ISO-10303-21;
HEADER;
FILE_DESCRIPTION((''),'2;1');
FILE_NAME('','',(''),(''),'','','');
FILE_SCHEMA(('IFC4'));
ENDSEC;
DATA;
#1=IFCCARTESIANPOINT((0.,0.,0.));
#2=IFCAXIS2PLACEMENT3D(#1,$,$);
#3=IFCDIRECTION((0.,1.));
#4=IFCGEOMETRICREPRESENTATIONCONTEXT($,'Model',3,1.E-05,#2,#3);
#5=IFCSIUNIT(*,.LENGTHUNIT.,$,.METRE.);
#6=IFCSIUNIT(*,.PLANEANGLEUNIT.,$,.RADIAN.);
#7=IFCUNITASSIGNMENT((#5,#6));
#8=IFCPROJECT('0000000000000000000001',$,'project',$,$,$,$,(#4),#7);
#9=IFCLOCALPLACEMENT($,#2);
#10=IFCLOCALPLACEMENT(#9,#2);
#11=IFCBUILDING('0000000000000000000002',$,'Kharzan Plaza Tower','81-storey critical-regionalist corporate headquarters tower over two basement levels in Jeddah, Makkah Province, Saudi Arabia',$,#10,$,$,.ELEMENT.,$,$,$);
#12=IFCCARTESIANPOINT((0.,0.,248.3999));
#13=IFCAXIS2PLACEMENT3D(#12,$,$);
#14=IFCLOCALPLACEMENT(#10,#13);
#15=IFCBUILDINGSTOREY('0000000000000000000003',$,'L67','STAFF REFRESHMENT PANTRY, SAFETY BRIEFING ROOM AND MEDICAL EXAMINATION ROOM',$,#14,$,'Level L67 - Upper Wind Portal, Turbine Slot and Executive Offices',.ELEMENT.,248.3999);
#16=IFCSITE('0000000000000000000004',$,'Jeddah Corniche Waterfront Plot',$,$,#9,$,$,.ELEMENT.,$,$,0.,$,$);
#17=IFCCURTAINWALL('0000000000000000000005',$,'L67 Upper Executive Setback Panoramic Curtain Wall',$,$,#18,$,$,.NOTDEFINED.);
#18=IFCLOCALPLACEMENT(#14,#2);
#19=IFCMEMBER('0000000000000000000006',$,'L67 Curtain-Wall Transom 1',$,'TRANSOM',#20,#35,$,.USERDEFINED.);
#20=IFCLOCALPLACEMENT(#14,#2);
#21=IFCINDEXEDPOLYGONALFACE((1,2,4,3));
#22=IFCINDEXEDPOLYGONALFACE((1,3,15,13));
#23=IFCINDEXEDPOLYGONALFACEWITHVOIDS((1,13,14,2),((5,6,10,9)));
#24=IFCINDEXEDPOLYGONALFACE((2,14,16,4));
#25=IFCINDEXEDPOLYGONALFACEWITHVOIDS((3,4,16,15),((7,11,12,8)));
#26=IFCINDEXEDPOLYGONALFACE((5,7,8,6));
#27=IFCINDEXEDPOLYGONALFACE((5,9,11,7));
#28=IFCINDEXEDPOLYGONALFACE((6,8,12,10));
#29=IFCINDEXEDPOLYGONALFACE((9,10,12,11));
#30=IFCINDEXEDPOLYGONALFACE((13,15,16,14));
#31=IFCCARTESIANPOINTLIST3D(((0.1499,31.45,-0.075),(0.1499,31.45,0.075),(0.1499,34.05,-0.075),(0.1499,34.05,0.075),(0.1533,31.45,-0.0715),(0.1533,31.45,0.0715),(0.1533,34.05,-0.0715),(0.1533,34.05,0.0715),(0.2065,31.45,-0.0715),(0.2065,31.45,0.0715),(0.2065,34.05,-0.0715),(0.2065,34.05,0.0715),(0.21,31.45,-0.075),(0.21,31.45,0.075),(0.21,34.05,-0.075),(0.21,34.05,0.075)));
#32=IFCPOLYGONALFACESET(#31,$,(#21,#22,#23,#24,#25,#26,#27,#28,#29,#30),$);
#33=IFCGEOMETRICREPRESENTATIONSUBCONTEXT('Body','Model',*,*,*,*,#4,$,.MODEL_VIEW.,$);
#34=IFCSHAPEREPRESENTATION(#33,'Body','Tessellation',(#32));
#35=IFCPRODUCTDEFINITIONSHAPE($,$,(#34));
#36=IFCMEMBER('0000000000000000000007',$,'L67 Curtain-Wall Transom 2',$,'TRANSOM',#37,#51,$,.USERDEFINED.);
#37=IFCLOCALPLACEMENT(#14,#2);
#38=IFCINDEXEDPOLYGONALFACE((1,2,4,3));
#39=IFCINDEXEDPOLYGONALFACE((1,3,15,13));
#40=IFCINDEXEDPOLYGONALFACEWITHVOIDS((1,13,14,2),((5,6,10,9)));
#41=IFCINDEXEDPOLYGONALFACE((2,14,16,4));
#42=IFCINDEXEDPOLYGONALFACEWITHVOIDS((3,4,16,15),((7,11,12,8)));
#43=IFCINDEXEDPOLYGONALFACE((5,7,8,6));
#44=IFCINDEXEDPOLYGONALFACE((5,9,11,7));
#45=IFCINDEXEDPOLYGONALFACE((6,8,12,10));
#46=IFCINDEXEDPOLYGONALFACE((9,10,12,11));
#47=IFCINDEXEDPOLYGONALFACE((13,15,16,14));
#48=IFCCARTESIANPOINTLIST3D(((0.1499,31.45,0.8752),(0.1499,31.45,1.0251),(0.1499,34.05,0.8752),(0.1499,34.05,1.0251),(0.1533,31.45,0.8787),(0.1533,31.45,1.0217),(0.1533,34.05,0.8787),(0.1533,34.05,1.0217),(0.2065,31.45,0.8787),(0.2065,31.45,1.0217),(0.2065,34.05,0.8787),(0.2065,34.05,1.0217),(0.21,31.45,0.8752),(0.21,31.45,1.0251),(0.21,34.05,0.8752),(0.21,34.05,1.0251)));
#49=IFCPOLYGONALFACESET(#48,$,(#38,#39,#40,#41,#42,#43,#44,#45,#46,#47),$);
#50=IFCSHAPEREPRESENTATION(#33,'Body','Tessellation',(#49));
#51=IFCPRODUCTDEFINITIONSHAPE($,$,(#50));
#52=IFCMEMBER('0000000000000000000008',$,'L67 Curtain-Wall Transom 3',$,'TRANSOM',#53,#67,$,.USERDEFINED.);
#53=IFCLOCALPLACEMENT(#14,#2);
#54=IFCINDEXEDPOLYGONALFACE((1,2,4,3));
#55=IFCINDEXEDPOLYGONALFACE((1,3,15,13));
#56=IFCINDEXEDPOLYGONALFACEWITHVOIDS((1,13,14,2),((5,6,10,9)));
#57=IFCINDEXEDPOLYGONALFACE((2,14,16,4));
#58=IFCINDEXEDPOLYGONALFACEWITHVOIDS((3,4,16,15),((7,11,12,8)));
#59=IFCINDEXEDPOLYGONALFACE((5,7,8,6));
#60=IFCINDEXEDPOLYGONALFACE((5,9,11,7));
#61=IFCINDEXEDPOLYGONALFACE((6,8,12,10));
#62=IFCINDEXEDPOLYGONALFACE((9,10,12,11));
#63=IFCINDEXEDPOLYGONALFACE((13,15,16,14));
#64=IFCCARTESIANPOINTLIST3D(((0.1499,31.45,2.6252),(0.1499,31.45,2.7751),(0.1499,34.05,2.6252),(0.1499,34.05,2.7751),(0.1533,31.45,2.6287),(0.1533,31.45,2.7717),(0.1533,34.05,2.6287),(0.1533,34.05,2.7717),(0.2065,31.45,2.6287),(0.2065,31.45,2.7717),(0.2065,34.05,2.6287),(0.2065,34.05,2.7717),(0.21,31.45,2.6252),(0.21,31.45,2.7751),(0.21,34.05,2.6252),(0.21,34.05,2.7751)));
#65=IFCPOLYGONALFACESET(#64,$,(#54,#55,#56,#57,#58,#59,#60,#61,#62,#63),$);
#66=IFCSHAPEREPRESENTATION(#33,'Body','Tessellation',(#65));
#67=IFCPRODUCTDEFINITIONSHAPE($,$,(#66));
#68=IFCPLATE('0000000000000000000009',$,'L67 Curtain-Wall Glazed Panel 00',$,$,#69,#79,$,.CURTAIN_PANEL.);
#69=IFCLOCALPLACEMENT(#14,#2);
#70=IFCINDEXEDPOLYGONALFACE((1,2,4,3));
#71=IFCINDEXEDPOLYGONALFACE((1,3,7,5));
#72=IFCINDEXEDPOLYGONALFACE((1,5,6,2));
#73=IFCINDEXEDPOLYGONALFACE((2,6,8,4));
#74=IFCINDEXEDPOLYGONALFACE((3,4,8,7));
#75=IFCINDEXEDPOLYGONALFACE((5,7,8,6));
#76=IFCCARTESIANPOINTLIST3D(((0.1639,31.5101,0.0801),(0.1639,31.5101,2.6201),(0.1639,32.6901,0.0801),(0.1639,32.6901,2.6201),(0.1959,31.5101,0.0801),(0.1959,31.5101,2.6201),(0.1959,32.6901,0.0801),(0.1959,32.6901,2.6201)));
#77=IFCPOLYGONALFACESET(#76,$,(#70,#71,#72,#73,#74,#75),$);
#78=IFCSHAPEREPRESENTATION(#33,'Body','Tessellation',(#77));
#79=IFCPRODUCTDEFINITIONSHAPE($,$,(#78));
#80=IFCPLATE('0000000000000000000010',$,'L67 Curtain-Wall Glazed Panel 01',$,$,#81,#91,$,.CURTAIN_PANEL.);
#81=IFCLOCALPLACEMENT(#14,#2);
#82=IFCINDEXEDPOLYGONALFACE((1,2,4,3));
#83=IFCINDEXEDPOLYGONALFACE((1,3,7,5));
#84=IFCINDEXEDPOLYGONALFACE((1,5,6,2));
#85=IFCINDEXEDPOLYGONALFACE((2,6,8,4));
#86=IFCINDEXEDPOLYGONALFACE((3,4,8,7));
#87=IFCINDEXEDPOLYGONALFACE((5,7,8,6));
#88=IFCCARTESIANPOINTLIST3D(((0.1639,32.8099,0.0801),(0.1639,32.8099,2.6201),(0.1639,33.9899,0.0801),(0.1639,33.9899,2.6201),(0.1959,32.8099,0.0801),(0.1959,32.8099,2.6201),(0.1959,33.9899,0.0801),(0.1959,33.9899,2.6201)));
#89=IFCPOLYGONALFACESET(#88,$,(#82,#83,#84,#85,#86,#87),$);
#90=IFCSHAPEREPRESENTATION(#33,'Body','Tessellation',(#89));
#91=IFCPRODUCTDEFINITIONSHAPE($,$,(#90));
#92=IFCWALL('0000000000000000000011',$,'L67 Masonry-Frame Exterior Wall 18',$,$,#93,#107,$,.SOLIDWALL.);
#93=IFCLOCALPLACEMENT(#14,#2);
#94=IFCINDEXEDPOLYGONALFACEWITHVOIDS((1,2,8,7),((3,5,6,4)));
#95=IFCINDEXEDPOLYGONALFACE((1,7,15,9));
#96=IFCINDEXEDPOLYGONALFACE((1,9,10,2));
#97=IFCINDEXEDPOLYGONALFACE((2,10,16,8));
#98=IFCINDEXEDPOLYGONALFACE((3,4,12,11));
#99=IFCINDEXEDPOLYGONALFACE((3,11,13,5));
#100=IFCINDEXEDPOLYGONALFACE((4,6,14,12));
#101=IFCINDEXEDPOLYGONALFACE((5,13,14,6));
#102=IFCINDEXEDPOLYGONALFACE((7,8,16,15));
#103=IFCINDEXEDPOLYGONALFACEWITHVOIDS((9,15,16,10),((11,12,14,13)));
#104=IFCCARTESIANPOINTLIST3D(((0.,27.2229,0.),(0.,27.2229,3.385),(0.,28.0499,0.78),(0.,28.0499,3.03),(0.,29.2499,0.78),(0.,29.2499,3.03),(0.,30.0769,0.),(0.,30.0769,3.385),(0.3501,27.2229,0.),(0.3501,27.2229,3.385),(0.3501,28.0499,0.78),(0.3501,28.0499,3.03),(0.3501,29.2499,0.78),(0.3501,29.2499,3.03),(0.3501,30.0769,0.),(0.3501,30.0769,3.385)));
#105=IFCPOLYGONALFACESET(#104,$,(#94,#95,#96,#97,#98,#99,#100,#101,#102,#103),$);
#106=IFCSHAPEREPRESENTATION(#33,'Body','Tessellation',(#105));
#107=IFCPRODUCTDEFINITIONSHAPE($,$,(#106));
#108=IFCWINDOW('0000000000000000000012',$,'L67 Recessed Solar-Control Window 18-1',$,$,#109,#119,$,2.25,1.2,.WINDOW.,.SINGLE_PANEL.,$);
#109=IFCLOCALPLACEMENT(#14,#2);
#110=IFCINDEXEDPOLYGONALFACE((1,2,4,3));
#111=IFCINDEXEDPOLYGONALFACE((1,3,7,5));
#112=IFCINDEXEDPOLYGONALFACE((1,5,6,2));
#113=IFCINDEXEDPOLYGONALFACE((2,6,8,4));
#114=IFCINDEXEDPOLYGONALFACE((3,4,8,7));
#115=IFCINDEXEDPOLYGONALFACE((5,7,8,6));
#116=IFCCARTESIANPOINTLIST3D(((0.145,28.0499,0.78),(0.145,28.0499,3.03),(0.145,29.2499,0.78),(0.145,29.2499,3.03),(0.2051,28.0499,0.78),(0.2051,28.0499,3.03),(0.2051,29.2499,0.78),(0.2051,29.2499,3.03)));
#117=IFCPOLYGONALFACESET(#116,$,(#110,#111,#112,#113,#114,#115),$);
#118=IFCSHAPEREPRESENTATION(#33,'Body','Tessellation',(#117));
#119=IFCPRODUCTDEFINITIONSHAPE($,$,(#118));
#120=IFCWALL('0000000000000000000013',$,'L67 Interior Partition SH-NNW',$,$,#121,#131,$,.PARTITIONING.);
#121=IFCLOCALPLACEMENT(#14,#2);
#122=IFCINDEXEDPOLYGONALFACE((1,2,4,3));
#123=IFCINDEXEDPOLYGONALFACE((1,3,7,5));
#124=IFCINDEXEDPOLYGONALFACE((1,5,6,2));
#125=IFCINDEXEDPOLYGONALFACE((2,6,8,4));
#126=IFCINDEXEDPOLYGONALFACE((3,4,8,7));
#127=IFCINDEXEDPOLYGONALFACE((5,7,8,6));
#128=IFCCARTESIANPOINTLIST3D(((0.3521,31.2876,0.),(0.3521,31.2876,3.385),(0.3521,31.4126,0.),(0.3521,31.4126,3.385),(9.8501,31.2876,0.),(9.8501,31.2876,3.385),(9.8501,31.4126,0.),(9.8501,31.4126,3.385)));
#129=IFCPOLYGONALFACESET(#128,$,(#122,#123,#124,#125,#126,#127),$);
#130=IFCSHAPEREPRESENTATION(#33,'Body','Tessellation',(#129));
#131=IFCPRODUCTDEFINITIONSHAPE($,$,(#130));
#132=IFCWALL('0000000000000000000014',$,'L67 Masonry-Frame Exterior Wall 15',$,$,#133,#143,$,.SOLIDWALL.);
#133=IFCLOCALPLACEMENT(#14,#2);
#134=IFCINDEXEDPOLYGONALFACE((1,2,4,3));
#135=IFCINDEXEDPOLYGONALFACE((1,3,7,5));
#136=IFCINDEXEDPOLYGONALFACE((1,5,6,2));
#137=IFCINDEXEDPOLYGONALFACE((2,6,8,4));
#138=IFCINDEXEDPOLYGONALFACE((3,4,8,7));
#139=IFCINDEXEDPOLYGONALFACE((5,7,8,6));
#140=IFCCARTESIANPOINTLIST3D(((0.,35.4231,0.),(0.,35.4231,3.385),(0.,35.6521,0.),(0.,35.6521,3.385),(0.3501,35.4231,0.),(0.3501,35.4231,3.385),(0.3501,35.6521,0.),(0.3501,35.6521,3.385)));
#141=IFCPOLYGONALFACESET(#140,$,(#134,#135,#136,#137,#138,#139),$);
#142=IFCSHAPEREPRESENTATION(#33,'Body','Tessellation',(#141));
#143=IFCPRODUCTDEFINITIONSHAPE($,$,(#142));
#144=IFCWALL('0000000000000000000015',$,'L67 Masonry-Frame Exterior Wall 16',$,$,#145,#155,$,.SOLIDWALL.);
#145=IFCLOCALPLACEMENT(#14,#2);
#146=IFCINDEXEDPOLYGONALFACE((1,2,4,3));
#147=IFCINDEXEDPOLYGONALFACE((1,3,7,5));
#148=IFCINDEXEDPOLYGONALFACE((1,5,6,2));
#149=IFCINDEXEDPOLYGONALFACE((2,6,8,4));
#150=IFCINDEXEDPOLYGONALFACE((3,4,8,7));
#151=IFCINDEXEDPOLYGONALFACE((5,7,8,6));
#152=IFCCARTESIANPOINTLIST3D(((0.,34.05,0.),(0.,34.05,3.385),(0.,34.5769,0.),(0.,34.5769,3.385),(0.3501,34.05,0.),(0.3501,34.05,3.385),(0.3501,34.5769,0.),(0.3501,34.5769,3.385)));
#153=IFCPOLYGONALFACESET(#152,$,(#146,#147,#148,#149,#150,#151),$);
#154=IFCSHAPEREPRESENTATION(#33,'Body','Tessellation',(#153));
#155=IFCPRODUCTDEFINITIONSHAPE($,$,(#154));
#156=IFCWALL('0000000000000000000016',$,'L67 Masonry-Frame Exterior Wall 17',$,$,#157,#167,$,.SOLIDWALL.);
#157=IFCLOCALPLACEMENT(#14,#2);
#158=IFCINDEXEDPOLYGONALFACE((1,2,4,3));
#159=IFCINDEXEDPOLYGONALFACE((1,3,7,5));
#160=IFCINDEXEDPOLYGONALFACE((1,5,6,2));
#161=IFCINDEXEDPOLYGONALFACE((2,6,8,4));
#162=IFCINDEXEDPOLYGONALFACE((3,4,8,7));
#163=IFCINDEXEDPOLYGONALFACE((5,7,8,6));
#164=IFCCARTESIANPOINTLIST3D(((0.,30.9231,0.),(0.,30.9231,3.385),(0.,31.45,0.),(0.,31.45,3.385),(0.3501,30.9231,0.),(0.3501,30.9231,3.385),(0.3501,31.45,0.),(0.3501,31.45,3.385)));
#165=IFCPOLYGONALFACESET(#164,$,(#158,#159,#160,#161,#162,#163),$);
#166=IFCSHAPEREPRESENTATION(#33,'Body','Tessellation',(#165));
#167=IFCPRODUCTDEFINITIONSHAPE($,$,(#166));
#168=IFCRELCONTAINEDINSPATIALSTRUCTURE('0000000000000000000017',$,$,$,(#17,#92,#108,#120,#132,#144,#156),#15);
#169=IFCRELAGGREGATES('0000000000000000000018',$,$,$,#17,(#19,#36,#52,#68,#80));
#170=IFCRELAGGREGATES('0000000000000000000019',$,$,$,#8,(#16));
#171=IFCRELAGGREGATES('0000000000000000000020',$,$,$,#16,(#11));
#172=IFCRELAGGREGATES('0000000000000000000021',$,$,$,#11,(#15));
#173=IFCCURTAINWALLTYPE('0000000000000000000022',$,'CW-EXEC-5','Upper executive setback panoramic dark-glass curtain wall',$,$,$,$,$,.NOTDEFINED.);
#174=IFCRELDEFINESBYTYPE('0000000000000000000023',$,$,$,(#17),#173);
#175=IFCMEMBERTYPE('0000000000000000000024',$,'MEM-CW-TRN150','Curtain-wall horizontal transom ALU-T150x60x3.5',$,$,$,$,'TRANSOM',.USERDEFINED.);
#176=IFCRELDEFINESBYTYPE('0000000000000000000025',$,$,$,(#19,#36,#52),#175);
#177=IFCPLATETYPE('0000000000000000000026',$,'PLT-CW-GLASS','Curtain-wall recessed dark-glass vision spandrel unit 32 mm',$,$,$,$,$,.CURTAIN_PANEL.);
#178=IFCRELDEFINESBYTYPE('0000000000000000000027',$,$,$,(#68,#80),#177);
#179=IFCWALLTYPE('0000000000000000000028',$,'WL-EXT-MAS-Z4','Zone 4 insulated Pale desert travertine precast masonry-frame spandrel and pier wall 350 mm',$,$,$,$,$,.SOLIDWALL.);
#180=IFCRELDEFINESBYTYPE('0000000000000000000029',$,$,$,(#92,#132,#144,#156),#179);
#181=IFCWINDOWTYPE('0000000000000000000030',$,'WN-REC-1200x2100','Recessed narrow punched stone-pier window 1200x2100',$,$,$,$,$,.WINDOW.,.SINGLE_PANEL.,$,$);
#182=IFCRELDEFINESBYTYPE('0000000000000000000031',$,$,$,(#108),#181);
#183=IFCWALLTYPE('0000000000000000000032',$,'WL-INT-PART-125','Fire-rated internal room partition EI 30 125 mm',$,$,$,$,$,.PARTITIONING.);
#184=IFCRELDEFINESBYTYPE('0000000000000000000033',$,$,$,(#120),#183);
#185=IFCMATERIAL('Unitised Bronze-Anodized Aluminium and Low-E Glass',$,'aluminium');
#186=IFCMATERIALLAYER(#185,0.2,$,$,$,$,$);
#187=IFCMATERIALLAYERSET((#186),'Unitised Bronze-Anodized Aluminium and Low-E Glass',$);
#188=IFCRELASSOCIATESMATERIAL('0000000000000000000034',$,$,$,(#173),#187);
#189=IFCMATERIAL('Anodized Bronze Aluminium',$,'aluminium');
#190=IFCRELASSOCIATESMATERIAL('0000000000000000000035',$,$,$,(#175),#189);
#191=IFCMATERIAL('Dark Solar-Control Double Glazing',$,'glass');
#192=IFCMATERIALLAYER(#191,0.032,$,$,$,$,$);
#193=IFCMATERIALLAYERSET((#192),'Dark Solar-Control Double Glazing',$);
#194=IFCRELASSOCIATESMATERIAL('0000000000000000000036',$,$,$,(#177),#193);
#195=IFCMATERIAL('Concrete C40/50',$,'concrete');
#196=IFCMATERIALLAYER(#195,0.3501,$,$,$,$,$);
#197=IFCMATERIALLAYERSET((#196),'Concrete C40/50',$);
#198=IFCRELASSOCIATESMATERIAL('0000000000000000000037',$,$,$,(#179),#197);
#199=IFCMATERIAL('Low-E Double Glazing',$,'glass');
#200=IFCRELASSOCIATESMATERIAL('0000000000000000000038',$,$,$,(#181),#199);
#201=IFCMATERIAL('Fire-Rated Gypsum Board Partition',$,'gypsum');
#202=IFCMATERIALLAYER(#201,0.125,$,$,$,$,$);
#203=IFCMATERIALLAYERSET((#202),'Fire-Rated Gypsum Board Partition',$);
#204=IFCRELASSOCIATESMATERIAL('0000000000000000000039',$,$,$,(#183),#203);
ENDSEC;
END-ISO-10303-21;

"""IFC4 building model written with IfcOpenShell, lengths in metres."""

from ifc_helpers import new_model, si_unit, direction, frame, frame_2d, origin, origin_2d, place, context, subcontext, project, spatial, rectangle, hollow_rectangle, extrude, source, transform, mapped, material, layer, layer_set, material_profile, profile_set, type_object, element, fill, aggregate, save


model = new_model("IFC4")

# Units and contexts
model_context = context("Model", 3, precision=1e-05, world=origin(), true_north=direction((0.0, 1.0)))
body_context = subcontext(model_context, "Body", "Model", "MODEL_VIEW")
ifc_project = project(units=[si_unit("LENGTHUNIT", "METRE"), si_unit("PLANEANGLEUNIT", "RADIAN")], contexts=[model_context])

# Site, building, storey
site_placement = place(None, origin())
site = spatial("IfcSite", under=ifc_project, at=site_placement, Name="Jeddah Corniche Waterfront Plot", CompositionType="ELEMENT", RefElevation=0.0)
building_placement = place(site_placement, origin())
building = spatial("IfcBuilding", under=site, at=building_placement, Name="Kharzan Plaza Tower", Description="81-storey critical-regionalist corporate headquarters tower over two basement levels in Jeddah, Makkah Province, Saudi Arabia", CompositionType="ELEMENT")
storey_placement = place(building_placement, frame((0.0, 0.0, 248.3999)))
storey = spatial("IfcBuildingStorey", under=building, at=storey_placement, Name="L67", Description="STAFF REFRESHMENT PANTRY, SAFETY BRIEFING ROOM AND MEDICAL EXAMINATION ROOM", LongName="Level L67 - Upper Wind Portal, Turbine Slot and Executive Offices", CompositionType="ELEMENT", Elevation=248.3999)

# Curtain wall
ifc_material_1 = material(Name="Unitised Bronze-Anodized Aluminium and Low-E Glass", Category="aluminium")
ifc_layer_1 = layer(ifc_material_1, 0.2)
ifc_layer_set_1 = layer_set([ifc_layer_1], Name="Unitised Bronze-Anodized Aluminium and Low-E Glass")
curtain_wall_type = type_object("IfcCurtainWallType", Name="CW-EXEC-5", Description="Upper executive setback panoramic dark-glass curtain wall", PredefinedType="NOTDEFINED", material=ifc_layer_set_1)
curtain_wall_placement = place(storey_placement, origin())
curtain_wall = element("IfcCurtainWall", 1, at=curtain_wall_placement, inside=storey, type_object=curtain_wall_type, Name="L67 Upper Executive Setback Panoramic Curtain Wall", PredefinedType="NOTDEFINED")
ifc_material_2 = material(Name="Anodized Bronze Aluminium", Category="aluminium")

# Members
ifc_material_profile_1 = material_profile(ifc_material_2, hollow_rectangle(XDim=0.0601, YDim=0.1499, WallThickness=0.0034, at=origin_2d()), Name="ALU-T150x60x3.5")
ifc_profile_set_1 = profile_set([ifc_material_profile_1], Name="Anodized Bronze Aluminium")
member_type_1 = type_object("IfcMemberType", Name="MEM-CW-TRN150", Description="Curtain-wall horizontal transom ALU-T150x60x3.5", ElementType="TRANSOM", PredefinedType="USERDEFINED", material=ifc_profile_set_1)
shared_shape_1 = source(origin(), body_context, "Body", "SweptSolid", [
    extrude(hollow_rectangle(XDim=0.0601, YDim=0.1499, WallThickness=0.0034, at=origin_2d()), origin(), (0.0, 0.0, 1.0), 2.6001),
])
member_1_placement = place(storey_placement, frame((0.1799, 31.45, 0.0), z_axis=(0.0, 1.0, 0.0), x_axis=(-1.0, 0.0, 0.0)))
member_1 = element("IfcMember", 2, at=member_1_placement, type_object=member_type_1, Name="L67 Curtain-Wall Transom 1", ObjectType="TRANSOM", PredefinedType="USERDEFINED", context=body_context, shape_type="MappedRepresentation", body=[
    mapped(shared_shape_1, transform((0.0, 0.0, 0.0), x_axis=(1.0, 0.0, 0.0), y_axis=(0.0, 1.0, 0.0), z_axis=(0.0, 0.0, 1.0))),
])
member_2_placement = place(storey_placement, frame((0.1799, 31.45, 0.9502), z_axis=(0.0, 1.0, 0.0), x_axis=(-1.0, 0.0, 0.0)))
member_2 = element("IfcMember", 3, at=member_2_placement, type_object=member_type_1, Name="L67 Curtain-Wall Transom 2", ObjectType="TRANSOM", PredefinedType="USERDEFINED", context=body_context, shape_type="MappedRepresentation", body=[
    mapped(shared_shape_1, transform((0.0, 0.0, 0.0), x_axis=(1.0, 0.0, 0.0), y_axis=(0.0, 1.0, 0.0), z_axis=(0.0, 0.0, 1.0))),
])
member_3_placement = place(storey_placement, frame((0.1799, 31.45, 2.7002), z_axis=(0.0, 1.0, 0.0), x_axis=(-1.0, 0.0, 0.0)))
member_3 = element("IfcMember", 4, at=member_3_placement, type_object=member_type_1, Name="L67 Curtain-Wall Transom 3", ObjectType="TRANSOM", PredefinedType="USERDEFINED", context=body_context, shape_type="MappedRepresentation", body=[
    mapped(shared_shape_1, transform((0.0, 0.0, 0.0), x_axis=(1.0, 0.0, 0.0), y_axis=(0.0, 1.0, 0.0), z_axis=(0.0, 0.0, 1.0))),
])

# Plates
ifc_material_3 = material(Name="Dark Solar-Control Double Glazing", Category="glass")
ifc_layer_2 = layer(ifc_material_3, 0.032)
ifc_layer_set_2 = layer_set([ifc_layer_2], Name="Dark Solar-Control Double Glazing")
plate_type = type_object("IfcPlateType", Name="PLT-CW-GLASS", Description="Curtain-wall recessed dark-glass vision spandrel unit 32 mm", PredefinedType="CURTAIN_PANEL", material=ifc_layer_set_2)
shared_shape_2 = source(origin(), body_context, "Body", "SweptSolid", [
    extrude(rectangle(XDim=1.1799, YDim=0.032, at=origin_2d()), origin(), (0.0, 0.0, 1.0), 2.54),
])
plate_1_placement = place(storey_placement, frame((0.1799, 32.1001, 0.0801), z_axis=(0.0, 0.0, 1.0), x_axis=(0.0, 1.0, 0.0)))
plate_1 = element("IfcPlate", 5, at=plate_1_placement, type_object=plate_type, Name="L67 Curtain-Wall Glazed Panel 00", PredefinedType="CURTAIN_PANEL", context=body_context, shape_type="MappedRepresentation", body=[
    mapped(shared_shape_2, transform((0.0, 0.0, 0.0), x_axis=(1.0, 0.0, 0.0), y_axis=(0.0, 1.0, 0.0), z_axis=(0.0, 0.0, 1.0))),
])
plate_2_placement = place(storey_placement, frame((0.1799, 33.3999, 0.0801), z_axis=(0.0, 0.0, 1.0), x_axis=(0.0, 1.0, 0.0)))
plate_2 = element("IfcPlate", 6, at=plate_2_placement, type_object=plate_type, Name="L67 Curtain-Wall Glazed Panel 01", PredefinedType="CURTAIN_PANEL", context=body_context, shape_type="MappedRepresentation", body=[
    mapped(shared_shape_2, transform((0.0, 0.0, 0.0), x_axis=(1.0, 0.0, 0.0), y_axis=(0.0, 1.0, 0.0), z_axis=(0.0, 0.0, 1.0))),
])
aggregate(curtain_wall, [member_1, member_2, member_3, plate_1, plate_2])

# Wall, opening, window
ifc_material_4 = material(Name="Concrete C40/50", Category="concrete")
ifc_layer_3 = layer(ifc_material_4, 0.3501)
ifc_layer_set_3 = layer_set([ifc_layer_3], Name="Concrete C40/50")
wall_type_1 = type_object("IfcWallType", Name="WL-EXT-MAS-Z4", Description="Zone 4 insulated Pale desert travertine precast masonry-frame spandrel and pier wall 350 mm", PredefinedType="SOLIDWALL", material=ifc_layer_set_3)
wall_1_placement = place(storey_placement, frame((0.175, 30.0769, 0.0), z_axis=(0.0, 0.0, 1.0), x_axis=(0.0, -1.0, 0.0)))
wall_1 = element("IfcWall", 7, at=wall_1_placement, inside=storey, type_object=wall_type_1, Name="L67 Masonry-Frame Exterior Wall 18", PredefinedType="SOLIDWALL", context=body_context, shape_type="SweptSolid", body=[
    extrude(rectangle(XDim=2.854, YDim=0.3501, at=frame_2d((1.427, 0.0))), origin(), (0.0, 0.0, 1.0), 3.385),
])
opening_placement = place(wall_1_placement, frame((0.8269, 0.0, 0.78)))
opening = element("IfcOpeningElement", 8, at=opening_placement, cuts=wall_1, PredefinedType="OPENING", context=body_context, shape_type="SweptSolid", body=[
    extrude(rectangle(XDim=1.2, YDim=2.25, at=frame_2d((0.6001, 1.125))), frame((0.0, 0.1851, 0.0), z_axis=(0.0, -1.0, 0.0), x_axis=(1.0, 0.0, 0.0)), (0.0, 0.0, 1.0), 0.3701),
])
ifc_material_5 = material(Name="Low-E Double Glazing", Category="glass")
window_type = type_object("IfcWindowType", Name="WN-REC-1200x2100", Description="Recessed narrow punched stone-pier window 1200x2100", PartitioningType="SINGLE_PANEL", PredefinedType="WINDOW", material=ifc_material_5)
shared_shape_3 = source(origin(), body_context, "Body", "SweptSolid", [
    extrude(rectangle(XDim=1.2, YDim=2.25, at=frame_2d((0.6001, 1.125))), frame((0.0, 0.03, 0.0), z_axis=(0.0, -1.0, 0.0), x_axis=(1.0, 0.0, 0.0)), (0.0, 0.0, 1.0), 0.0601),
])
window_placement = place(opening_placement, origin())
window = element("IfcWindow", 9, at=window_placement, inside=storey, type_object=window_type, Name="L67 Recessed Solar-Control Window 18-1", OverallHeight=2.25, OverallWidth=1.2, PartitioningType="SINGLE_PANEL", PredefinedType="WINDOW", context=body_context, shape_type="MappedRepresentation", body=[
    mapped(shared_shape_3, transform((0.0, 0.0, 0.0), x_axis=(1.0, 0.0, 0.0), y_axis=(0.0, 1.0, 0.0), z_axis=(0.0, 0.0, 1.0))),
])
fill(opening, window)

# Walls
ifc_material_6 = material(Name="Fire-Rated Gypsum Board Partition", Category="gypsum")
ifc_layer_4 = layer(ifc_material_6, 0.125)
ifc_layer_set_4 = layer_set([ifc_layer_4], Name="Fire-Rated Gypsum Board Partition")
wall_type_2 = type_object("IfcWallType", Name="WL-INT-PART-125", Description="Fire-rated internal room partition EI 30 125 mm", PredefinedType="PARTITIONING", material=ifc_layer_set_4)
shared_shape_4 = source(origin(), body_context, "Body", "SweptSolid", [
    extrude(rectangle(XDim=9.498, YDim=0.125, at=frame_2d((4.749, 0.0))), origin(), (0.0, 0.0, 1.0), 3.385),
])
wall_2_placement = place(storey_placement, frame((0.3521, 31.3501, 0.0), z_axis=(0.0, 0.0, 1.0), x_axis=(1.0, 0.0, 0.0)))
element("IfcWall", 10, at=wall_2_placement, inside=storey, type_object=wall_type_2, Name="L67 Interior Partition SH-NNW", PredefinedType="PARTITIONING", context=body_context, shape_type="MappedRepresentation", body=[
    mapped(shared_shape_4, transform((0.0, 0.0, 0.0), x_axis=(1.0, 0.0, 0.0), y_axis=(0.0, 1.0, 0.0), z_axis=(0.0, 0.0, 1.0))),
])
shared_shape_5 = source(origin(), body_context, "Body", "SweptSolid", [
    extrude(rectangle(XDim=0.229, YDim=0.3501, at=frame_2d((0.1145, 0.0))), origin(), (0.0, 0.0, 1.0), 3.385),
])
wall_3_placement = place(storey_placement, frame((0.175, 35.6521, 0.0), z_axis=(0.0, 0.0, 1.0), x_axis=(0.0, -1.0, 0.0)))
element("IfcWall", 11, at=wall_3_placement, inside=storey, type_object=wall_type_1, Name="L67 Masonry-Frame Exterior Wall 15", PredefinedType="SOLIDWALL", context=body_context, shape_type="MappedRepresentation", body=[
    mapped(shared_shape_5, transform((0.0, 0.0, 0.0), x_axis=(1.0, 0.0, 0.0), y_axis=(0.0, 1.0, 0.0), z_axis=(0.0, 0.0, 1.0))),
])
shared_shape_6 = source(origin(), body_context, "Body", "SweptSolid", [
    extrude(rectangle(XDim=0.5269, YDim=0.3501, at=frame_2d((0.2634, 0.0))), origin(), (0.0, 0.0, 1.0), 3.385),
])
for number, where, z_axis, x_axis, name in (
    (12, (0.175, 34.5769, 0.0), (0.0, 0.0, 1.0), (0.0, -1.0, 0.0), "L67 Masonry-Frame Exterior Wall 16"),
    (13, (0.175, 31.45, 0.0), (0.0, 0.0, 1.0), (0.0, -1.0, 0.0), "L67 Masonry-Frame Exterior Wall 17"),
):
    element("IfcWall", number, at=place(storey_placement, frame(where, z_axis=z_axis, x_axis=x_axis)), inside=storey, type_object=wall_type_1, Name=name, PredefinedType="SOLIDWALL", context=body_context, shape_type="MappedRepresentation", body=[
        mapped(shared_shape_6, transform((0.0, 0.0, 0.0), x_axis=(1.0, 0.0, 0.0), y_axis=(0.0, 1.0, 0.0), z_axis=(0.0, 0.0, 1.0))),
    ])

save(model, "model.ifc")
